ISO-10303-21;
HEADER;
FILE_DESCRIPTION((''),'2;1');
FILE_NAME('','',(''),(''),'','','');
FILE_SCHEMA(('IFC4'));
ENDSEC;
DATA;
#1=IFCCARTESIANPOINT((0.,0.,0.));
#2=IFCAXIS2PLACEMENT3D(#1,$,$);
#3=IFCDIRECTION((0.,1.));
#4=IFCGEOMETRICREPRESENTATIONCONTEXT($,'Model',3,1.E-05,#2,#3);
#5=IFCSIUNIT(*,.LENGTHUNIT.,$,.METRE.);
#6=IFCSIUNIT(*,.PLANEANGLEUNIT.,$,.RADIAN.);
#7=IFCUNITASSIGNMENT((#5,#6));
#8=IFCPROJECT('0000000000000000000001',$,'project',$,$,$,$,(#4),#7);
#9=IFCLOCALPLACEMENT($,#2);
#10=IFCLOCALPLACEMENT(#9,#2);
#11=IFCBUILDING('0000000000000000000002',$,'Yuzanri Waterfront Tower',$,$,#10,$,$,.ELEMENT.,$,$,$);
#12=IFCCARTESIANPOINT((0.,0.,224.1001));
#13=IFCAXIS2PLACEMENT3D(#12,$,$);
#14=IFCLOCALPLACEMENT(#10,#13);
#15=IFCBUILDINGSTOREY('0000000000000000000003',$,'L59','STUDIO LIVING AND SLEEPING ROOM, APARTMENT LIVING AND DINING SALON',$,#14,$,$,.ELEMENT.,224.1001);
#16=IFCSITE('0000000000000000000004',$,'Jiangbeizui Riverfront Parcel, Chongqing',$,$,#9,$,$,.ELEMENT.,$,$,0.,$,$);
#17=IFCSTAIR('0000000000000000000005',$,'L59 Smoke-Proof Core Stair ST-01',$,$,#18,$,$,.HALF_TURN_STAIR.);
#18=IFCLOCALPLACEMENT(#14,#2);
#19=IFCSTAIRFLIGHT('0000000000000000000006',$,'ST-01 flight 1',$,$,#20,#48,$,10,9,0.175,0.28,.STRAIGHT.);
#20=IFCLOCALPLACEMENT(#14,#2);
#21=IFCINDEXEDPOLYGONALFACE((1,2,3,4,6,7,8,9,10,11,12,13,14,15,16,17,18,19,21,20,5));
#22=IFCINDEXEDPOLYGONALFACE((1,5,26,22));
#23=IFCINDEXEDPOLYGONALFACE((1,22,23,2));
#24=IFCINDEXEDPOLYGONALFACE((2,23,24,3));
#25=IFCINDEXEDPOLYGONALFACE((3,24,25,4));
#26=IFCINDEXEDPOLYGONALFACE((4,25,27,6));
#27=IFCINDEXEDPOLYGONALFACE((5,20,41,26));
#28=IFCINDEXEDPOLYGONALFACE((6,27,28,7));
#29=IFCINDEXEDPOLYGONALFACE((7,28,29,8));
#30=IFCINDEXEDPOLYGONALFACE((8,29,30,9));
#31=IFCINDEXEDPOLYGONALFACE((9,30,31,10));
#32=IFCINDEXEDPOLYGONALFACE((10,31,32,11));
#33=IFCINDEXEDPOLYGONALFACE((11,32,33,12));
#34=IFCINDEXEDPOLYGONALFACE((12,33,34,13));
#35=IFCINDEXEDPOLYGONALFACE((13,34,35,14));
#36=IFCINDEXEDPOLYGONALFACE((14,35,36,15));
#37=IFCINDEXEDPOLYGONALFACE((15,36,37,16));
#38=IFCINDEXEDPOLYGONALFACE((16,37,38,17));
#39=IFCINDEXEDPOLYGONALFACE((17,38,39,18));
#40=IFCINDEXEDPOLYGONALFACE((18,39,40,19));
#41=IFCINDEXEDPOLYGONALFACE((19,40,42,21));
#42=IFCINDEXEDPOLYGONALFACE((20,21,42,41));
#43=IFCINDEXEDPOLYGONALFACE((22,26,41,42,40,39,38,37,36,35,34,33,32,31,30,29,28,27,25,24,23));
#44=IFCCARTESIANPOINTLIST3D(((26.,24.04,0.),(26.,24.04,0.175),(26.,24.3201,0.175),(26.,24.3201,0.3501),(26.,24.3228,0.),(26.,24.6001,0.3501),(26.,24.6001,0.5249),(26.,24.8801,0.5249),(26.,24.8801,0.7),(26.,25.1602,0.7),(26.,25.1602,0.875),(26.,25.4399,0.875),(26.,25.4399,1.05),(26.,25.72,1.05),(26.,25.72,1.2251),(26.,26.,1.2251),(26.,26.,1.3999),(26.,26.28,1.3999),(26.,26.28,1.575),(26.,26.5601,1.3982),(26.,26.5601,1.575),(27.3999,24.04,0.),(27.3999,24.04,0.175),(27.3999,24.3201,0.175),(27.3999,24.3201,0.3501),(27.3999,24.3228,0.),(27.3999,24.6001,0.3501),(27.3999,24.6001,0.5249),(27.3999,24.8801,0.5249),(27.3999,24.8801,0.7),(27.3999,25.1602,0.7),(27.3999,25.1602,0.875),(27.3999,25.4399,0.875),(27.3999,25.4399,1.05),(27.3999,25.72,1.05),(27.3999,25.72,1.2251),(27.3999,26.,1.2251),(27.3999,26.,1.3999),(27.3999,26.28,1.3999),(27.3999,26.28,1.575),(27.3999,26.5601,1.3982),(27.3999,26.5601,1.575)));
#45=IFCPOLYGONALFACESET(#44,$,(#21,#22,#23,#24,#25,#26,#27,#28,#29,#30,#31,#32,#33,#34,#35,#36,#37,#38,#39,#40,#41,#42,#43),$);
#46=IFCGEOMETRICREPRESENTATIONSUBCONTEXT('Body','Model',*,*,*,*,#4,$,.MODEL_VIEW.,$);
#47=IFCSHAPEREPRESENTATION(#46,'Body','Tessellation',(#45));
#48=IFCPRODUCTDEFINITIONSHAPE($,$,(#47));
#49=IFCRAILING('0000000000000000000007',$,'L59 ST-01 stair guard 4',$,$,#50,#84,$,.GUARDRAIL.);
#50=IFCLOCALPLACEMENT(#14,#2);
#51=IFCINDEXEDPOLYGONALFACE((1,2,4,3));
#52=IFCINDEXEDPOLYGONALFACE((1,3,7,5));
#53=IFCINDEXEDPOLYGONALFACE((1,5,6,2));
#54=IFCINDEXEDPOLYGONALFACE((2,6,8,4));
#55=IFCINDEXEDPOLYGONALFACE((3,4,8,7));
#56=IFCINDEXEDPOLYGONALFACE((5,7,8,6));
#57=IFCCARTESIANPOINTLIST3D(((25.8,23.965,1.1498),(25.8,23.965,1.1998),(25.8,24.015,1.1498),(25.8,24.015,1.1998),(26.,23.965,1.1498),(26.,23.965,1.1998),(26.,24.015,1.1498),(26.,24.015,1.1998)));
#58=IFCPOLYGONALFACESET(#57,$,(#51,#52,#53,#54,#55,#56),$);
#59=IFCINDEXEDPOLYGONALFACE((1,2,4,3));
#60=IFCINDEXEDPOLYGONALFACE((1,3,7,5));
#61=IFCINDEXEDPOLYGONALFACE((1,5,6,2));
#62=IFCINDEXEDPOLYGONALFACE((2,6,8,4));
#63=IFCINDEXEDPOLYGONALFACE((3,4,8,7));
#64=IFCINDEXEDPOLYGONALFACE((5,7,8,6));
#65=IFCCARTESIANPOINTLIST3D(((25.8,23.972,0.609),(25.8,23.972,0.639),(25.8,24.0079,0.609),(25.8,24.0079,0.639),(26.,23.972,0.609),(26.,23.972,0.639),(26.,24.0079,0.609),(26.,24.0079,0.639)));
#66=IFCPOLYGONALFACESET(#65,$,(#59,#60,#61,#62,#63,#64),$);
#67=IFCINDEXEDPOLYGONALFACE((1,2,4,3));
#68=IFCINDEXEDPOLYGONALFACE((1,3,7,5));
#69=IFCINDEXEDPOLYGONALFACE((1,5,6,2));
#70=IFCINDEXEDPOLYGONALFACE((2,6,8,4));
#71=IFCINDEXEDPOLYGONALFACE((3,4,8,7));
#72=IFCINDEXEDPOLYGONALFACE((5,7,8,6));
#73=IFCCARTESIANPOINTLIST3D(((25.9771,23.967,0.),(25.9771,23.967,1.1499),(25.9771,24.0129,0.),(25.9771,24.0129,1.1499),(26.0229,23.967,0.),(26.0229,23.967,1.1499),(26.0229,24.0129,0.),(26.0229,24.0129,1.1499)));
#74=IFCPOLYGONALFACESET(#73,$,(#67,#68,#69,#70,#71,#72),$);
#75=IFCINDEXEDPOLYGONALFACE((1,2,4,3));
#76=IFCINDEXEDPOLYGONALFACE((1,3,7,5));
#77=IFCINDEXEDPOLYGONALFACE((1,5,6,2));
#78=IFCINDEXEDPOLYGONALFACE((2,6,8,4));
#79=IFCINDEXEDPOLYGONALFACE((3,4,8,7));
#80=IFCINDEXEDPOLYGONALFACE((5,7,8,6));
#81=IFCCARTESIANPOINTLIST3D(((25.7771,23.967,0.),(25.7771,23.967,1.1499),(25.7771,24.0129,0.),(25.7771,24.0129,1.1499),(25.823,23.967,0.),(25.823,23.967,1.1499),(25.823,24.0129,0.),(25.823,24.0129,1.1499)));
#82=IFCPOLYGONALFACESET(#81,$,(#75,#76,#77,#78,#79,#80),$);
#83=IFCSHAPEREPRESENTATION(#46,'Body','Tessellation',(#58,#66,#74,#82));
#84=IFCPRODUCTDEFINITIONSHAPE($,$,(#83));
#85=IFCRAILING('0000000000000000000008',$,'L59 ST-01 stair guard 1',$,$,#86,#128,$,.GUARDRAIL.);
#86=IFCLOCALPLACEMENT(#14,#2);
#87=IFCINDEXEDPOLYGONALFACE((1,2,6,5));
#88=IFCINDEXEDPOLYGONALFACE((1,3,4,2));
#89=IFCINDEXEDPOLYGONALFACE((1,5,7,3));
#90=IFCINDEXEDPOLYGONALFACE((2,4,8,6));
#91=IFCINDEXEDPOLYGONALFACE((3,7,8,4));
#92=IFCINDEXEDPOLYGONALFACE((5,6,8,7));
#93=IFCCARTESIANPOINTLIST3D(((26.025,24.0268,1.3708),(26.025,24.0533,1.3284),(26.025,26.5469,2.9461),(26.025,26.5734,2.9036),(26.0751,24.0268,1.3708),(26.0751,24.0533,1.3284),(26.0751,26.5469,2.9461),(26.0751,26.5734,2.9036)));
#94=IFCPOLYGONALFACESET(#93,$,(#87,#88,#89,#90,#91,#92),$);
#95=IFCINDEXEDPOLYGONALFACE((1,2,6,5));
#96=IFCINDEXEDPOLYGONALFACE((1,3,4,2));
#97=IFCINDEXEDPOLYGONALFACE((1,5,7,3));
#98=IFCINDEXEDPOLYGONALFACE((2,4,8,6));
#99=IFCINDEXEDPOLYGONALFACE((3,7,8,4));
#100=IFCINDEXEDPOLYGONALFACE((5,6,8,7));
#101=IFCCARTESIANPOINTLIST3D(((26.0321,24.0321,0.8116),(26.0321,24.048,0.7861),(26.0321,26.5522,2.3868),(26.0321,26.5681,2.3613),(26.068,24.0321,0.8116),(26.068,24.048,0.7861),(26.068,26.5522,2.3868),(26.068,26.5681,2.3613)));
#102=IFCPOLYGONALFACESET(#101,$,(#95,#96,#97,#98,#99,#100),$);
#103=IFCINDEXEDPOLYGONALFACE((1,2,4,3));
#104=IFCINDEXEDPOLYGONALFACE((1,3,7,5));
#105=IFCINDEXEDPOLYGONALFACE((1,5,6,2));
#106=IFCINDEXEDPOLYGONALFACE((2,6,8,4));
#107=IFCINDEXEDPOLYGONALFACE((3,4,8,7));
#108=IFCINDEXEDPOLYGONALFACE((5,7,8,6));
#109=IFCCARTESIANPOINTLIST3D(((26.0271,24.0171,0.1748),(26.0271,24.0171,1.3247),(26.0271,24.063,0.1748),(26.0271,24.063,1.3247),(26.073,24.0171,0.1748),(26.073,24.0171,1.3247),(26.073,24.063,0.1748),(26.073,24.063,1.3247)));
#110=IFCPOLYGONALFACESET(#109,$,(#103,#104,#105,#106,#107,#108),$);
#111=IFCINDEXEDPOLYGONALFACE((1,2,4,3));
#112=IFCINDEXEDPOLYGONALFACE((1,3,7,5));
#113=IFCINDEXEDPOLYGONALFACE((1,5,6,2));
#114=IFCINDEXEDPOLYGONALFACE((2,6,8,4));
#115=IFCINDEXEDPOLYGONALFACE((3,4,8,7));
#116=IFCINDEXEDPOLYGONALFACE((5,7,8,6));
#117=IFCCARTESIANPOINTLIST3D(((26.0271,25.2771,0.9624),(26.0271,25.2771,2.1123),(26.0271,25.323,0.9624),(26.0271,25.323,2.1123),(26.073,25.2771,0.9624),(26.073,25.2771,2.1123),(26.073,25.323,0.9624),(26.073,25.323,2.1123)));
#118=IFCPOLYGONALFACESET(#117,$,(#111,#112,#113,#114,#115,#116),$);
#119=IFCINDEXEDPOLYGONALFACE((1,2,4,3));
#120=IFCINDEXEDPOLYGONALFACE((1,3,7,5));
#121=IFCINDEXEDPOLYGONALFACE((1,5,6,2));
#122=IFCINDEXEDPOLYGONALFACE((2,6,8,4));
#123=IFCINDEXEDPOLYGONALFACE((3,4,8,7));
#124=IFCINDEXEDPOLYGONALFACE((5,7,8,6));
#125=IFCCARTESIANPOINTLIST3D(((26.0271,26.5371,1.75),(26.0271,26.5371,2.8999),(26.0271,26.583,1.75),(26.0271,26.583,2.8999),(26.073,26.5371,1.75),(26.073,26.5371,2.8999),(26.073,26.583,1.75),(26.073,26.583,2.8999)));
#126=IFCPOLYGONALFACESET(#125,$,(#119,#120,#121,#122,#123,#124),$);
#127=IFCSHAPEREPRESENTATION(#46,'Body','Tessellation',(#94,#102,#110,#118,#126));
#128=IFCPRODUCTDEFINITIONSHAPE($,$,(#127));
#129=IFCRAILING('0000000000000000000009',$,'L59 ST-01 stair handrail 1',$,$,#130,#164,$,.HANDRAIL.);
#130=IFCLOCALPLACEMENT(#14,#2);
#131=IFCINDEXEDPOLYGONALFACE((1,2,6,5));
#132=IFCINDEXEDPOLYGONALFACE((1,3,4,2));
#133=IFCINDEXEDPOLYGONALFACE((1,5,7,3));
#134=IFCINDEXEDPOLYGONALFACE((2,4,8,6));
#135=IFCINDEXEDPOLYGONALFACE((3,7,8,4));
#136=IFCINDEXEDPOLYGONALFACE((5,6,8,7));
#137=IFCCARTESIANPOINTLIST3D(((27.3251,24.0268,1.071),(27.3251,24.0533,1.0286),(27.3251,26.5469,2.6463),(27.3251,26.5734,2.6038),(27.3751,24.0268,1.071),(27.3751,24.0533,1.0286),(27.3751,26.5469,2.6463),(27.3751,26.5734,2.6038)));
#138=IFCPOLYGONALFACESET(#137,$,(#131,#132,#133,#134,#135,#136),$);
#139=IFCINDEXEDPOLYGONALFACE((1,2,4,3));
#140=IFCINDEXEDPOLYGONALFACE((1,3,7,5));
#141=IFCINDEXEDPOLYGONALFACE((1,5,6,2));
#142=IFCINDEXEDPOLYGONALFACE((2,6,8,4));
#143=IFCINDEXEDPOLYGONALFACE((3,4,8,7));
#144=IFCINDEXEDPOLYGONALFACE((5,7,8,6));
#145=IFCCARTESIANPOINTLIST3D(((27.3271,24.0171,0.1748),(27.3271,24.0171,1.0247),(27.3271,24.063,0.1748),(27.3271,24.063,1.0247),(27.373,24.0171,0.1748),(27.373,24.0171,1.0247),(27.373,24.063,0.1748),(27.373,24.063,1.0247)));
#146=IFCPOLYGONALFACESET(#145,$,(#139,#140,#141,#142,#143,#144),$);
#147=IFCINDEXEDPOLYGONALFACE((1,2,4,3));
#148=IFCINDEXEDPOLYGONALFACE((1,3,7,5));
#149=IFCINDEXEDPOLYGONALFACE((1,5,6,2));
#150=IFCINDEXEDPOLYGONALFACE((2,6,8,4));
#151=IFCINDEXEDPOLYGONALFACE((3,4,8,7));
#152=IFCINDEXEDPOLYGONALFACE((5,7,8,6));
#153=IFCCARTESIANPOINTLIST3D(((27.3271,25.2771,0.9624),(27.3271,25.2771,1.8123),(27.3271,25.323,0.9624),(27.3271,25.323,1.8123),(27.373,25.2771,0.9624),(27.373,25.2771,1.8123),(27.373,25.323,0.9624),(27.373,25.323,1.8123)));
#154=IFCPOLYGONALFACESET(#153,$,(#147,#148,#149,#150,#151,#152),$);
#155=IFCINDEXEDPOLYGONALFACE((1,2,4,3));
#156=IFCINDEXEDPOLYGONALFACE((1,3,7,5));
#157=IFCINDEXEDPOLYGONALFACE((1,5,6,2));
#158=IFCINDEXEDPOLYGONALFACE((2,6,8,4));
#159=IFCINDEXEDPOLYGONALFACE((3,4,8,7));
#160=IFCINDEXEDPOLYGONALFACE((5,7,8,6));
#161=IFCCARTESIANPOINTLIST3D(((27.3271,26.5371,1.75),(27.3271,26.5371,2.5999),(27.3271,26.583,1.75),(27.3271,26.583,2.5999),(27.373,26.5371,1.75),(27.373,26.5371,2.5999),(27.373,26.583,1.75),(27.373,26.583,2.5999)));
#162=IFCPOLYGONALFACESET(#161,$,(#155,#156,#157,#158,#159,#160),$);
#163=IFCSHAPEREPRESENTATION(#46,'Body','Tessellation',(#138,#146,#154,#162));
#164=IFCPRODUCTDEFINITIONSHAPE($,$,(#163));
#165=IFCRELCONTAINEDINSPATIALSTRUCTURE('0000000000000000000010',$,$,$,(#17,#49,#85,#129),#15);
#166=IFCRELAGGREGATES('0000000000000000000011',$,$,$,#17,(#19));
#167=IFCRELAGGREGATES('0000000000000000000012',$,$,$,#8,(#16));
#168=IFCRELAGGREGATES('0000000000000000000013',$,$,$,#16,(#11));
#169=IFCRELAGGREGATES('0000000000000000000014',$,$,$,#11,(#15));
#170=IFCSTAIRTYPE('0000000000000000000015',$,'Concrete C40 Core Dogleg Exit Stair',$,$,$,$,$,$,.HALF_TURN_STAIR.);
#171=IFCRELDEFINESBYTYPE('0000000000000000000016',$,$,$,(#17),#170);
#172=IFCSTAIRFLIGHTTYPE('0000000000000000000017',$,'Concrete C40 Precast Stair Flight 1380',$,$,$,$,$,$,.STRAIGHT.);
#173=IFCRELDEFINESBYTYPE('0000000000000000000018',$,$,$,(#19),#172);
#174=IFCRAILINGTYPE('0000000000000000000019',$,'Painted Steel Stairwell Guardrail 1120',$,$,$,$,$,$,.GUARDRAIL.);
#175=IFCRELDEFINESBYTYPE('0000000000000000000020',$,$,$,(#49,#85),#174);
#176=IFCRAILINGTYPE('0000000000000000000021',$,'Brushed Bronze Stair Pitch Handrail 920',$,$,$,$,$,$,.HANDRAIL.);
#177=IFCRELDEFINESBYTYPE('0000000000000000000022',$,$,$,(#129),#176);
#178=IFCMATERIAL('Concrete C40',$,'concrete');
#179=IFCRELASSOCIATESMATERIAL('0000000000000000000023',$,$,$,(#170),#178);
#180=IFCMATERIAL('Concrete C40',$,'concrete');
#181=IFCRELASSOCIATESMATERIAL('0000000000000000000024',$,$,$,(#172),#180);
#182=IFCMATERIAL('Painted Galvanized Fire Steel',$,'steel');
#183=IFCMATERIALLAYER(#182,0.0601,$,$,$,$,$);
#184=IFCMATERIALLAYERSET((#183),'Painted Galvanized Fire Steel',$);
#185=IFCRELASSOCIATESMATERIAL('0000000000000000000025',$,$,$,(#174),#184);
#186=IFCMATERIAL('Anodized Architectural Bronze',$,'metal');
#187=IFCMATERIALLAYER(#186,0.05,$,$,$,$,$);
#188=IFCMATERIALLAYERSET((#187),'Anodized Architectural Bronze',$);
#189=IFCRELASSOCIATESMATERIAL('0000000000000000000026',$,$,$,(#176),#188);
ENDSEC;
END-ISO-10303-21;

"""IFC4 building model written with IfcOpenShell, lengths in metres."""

from ifc_helpers import new_model, si_unit, direction, frame, origin, origin_2d, place, context, subcontext, project, spatial, polyline, rectangle, outline, extrude, source, transform, mapped, material, layer, layer_set, type_object, element, aggregate, save


model = new_model("IFC4")

# Units and contexts
model_context = context("Model", 3, precision=1e-05, world=origin(), true_north=direction((0.0, 1.0)))
body_context = subcontext(model_context, "Body", "Model", "MODEL_VIEW")
ifc_project = project(units=[si_unit("LENGTHUNIT", "METRE"), si_unit("PLANEANGLEUNIT", "RADIAN")], contexts=[model_context])

# Site, building, storey
site_placement = place(None, origin())
site = spatial("IfcSite", under=ifc_project, at=site_placement, Name="Jiangbeizui Riverfront Parcel, Chongqing", CompositionType="ELEMENT", RefElevation=0.0)
building_placement = place(site_placement, origin())
building = spatial("IfcBuilding", under=site, at=building_placement, Name="Yuzanri Waterfront Tower", CompositionType="ELEMENT")
storey_placement = place(building_placement, frame((0.0, 0.0, 224.1001)))
storey = spatial("IfcBuildingStorey", under=building, at=storey_placement, Name="L59", Description="STUDIO LIVING AND SLEEPING ROOM, APARTMENT LIVING AND DINING SALON", CompositionType="ELEMENT", Elevation=224.1001)

# Stair, stair flight
ifc_material_1 = material(Name="Concrete C40", Category="concrete")
stair_type = type_object("IfcStairType", Name="Concrete C40 Core Dogleg Exit Stair", PredefinedType="HALF_TURN_STAIR", material=ifc_material_1)
stair_placement = place(storey_placement, origin())
stair = element("IfcStair", 1, at=stair_placement, inside=storey, type_object=stair_type, Name="L59 Smoke-Proof Core Stair ST-01", PredefinedType="HALF_TURN_STAIR")
ifc_material_2 = material(Name="Concrete C40", Category="concrete")
stair_flight_type = type_object("IfcStairFlightType", Name="Concrete C40 Precast Stair Flight 1380", PredefinedType="STRAIGHT", material=ifc_material_2)
shared_shape_1 = source(origin(), body_context, "Body", "SweptSolid", [
    extrude(outline(polyline([(0.0, 0.0), (0.0, 0.175), (0.28, 0.175), (0.28, 0.3501), (0.5601, 0.3501), (0.5601, 0.5249), (0.8401, 0.5249), (0.8401, 0.7), (1.1201, 0.7), (1.1201, 0.875), (1.3999, 0.875), (1.3999, 1.05), (1.6799, 1.05), (1.6799, 1.2251), (1.96, 1.2251), (1.96, 1.3999), (2.24, 1.3999), (2.24, 1.575), (2.52, 1.575), (2.52, 1.75), (2.52, 1.3982), (0.2827, 0.0), (0.0, 0.0)])), frame((0.0, 0.7, 0.0), z_axis=(0.0, -1.0, 0.0), x_axis=(1.0, 0.0, 0.0)), (0.0, 0.0, 1.0), 1.3999),
])
stair_flight_placement = place(storey_placement, frame((26.7, 24.04, 0.0), z_axis=(0.0, 0.0, 1.0), x_axis=(0.0, 1.0, 0.0)))
stair_flight = element("IfcStairFlight", 2, at=stair_flight_placement, type_object=stair_flight_type, Name="ST-01 flight 1", NumberOfRisers=10, NumberOfTreads=9, PredefinedType="STRAIGHT", RiserHeight=0.175, TreadLength=0.28, context=body_context, shape_type="MappedRepresentation", body=[
    mapped(shared_shape_1, transform((0.0, 0.0, 0.0), scale=1.0)),
])
aggregate(stair, [stair_flight])

# Railings
ifc_material_3 = material(Name="Painted Galvanized Fire Steel", Category="steel")
ifc_layer_1 = layer(ifc_material_3, 0.0601)
ifc_layer_set_1 = layer_set([ifc_layer_1], Name="Painted Galvanized Fire Steel")
railing_type_1 = type_object("IfcRailingType", Name="Painted Steel Stairwell Guardrail 1120", PredefinedType="GUARDRAIL", material=ifc_layer_set_1)
shared_shape_2 = source(origin(), body_context, "Body", "SweptSolid", [
    extrude(rectangle(XDim=0.05, YDim=0.05, at=origin_2d()), frame((0.0, 0.0, 1.1748), z_axis=(-1.0, 0.0, 0.0), x_axis=(0.0, -1.0, 0.0)), (0.0, 0.0, 1.0), 0.2),
    extrude(rectangle(XDim=0.0359, YDim=0.03, at=origin_2d()), frame((0.0, 0.0, 0.624), z_axis=(-1.0, 0.0, 0.0), x_axis=(0.0, -1.0, 0.0)), (0.0, 0.0, 1.0), 0.2),
    extrude(rectangle(XDim=0.0459, YDim=0.0459, at=origin_2d()), origin(), (0.0, 0.0, 1.0), 1.1499),
    extrude(rectangle(XDim=0.0459, YDim=0.0459, at=origin_2d()), frame((-0.2, 0.0, 0.0)), (0.0, 0.0, 1.0), 1.1499),
])
railing_1_placement = place(storey_placement, frame((26.0, 23.99, 0.0)))
element("IfcRailing", 3, at=railing_1_placement, inside=storey, type_object=railing_type_1, Name="L59 ST-01 stair guard 4", PredefinedType="GUARDRAIL", context=body_context, shape_type="MappedRepresentation", body=[
    mapped(shared_shape_2, transform((0.0, 0.0, 0.0), scale=1.0)),
])
shared_shape_3 = source(origin(), body_context, "Body", "SweptSolid", [
    extrude(rectangle(XDim=0.05, YDim=0.05, at=origin_2d()), frame((0.0, 0.0, 1.1748), z_axis=(0.0, 0.847971, 0.530043), x_axis=(-1.0, 0.0, 0.0)), (0.0, 0.0, 1.0), 2.9719),
    extrude(rectangle(XDim=0.0359, YDim=0.03, at=origin_2d()), frame((0.0, 0.0, 0.624), z_axis=(0.0, 0.847971, 0.530043), x_axis=(-1.0, 0.0, 0.0)), (0.0, 0.0, 1.0), 2.9719),
    extrude(rectangle(XDim=0.0459, YDim=0.0459, at=origin_2d()), origin(), (0.0, 0.0, 1.0), 1.1499),
    extrude(rectangle(XDim=0.0459, YDim=0.0459, at=origin_2d()), frame((0.0, 1.26, 0.7876)), (0.0, 0.0, 1.0), 1.1499),
    extrude(rectangle(XDim=0.0459, YDim=0.0459, at=origin_2d()), frame((0.0, 2.52, 1.5752)), (0.0, 0.0, 1.0), 1.1499),
])
railing_2_placement = place(storey_placement, frame((26.05, 24.04, 0.1748)))
element("IfcRailing", 4, at=railing_2_placement, inside=storey, type_object=railing_type_1, Name="L59 ST-01 stair guard 1", PredefinedType="GUARDRAIL", context=body_context, shape_type="MappedRepresentation", body=[
    mapped(shared_shape_3, transform((0.0, 0.0, 0.0), scale=1.0)),
])
ifc_material_4 = material(Name="Anodized Architectural Bronze", Category="metal")
ifc_layer_2 = layer(ifc_material_4, 0.05)
ifc_layer_set_2 = layer_set([ifc_layer_2], Name="Anodized Architectural Bronze")
railing_type_2 = type_object("IfcRailingType", Name="Brushed Bronze Stair Pitch Handrail 920", PredefinedType="HANDRAIL", material=ifc_layer_set_2)
shared_shape_4 = source(origin(), body_context, "Body", "SweptSolid", [
    extrude(rectangle(XDim=0.05, YDim=0.05, at=origin_2d()), frame((0.0, 0.0, 0.875), z_axis=(0.0, 0.847971, 0.530043), x_axis=(-1.0, 0.0, 0.0)), (0.0, 0.0, 1.0), 2.9719),
    extrude(rectangle(XDim=0.0459, YDim=0.0459, at=origin_2d()), origin(), (0.0, 0.0, 1.0), 0.8499),
    extrude(rectangle(XDim=0.0459, YDim=0.0459, at=origin_2d()), frame((0.0, 1.26, 0.7876)), (0.0, 0.0, 1.0), 0.8499),
    extrude(rectangle(XDim=0.0459, YDim=0.0459, at=origin_2d()), frame((0.0, 2.52, 1.5752)), (0.0, 0.0, 1.0), 0.8499),
])
railing_3_placement = place(storey_placement, frame((27.3501, 24.04, 0.1748)))
element("IfcRailing", 5, at=railing_3_placement, inside=storey, type_object=railing_type_2, Name="L59 ST-01 stair handrail 1", PredefinedType="HANDRAIL", context=body_context, shape_type="MappedRepresentation", body=[
    mapped(shared_shape_4, transform((0.0, 0.0, 0.0), scale=1.0)),
])

save(model, "model.ifc")
